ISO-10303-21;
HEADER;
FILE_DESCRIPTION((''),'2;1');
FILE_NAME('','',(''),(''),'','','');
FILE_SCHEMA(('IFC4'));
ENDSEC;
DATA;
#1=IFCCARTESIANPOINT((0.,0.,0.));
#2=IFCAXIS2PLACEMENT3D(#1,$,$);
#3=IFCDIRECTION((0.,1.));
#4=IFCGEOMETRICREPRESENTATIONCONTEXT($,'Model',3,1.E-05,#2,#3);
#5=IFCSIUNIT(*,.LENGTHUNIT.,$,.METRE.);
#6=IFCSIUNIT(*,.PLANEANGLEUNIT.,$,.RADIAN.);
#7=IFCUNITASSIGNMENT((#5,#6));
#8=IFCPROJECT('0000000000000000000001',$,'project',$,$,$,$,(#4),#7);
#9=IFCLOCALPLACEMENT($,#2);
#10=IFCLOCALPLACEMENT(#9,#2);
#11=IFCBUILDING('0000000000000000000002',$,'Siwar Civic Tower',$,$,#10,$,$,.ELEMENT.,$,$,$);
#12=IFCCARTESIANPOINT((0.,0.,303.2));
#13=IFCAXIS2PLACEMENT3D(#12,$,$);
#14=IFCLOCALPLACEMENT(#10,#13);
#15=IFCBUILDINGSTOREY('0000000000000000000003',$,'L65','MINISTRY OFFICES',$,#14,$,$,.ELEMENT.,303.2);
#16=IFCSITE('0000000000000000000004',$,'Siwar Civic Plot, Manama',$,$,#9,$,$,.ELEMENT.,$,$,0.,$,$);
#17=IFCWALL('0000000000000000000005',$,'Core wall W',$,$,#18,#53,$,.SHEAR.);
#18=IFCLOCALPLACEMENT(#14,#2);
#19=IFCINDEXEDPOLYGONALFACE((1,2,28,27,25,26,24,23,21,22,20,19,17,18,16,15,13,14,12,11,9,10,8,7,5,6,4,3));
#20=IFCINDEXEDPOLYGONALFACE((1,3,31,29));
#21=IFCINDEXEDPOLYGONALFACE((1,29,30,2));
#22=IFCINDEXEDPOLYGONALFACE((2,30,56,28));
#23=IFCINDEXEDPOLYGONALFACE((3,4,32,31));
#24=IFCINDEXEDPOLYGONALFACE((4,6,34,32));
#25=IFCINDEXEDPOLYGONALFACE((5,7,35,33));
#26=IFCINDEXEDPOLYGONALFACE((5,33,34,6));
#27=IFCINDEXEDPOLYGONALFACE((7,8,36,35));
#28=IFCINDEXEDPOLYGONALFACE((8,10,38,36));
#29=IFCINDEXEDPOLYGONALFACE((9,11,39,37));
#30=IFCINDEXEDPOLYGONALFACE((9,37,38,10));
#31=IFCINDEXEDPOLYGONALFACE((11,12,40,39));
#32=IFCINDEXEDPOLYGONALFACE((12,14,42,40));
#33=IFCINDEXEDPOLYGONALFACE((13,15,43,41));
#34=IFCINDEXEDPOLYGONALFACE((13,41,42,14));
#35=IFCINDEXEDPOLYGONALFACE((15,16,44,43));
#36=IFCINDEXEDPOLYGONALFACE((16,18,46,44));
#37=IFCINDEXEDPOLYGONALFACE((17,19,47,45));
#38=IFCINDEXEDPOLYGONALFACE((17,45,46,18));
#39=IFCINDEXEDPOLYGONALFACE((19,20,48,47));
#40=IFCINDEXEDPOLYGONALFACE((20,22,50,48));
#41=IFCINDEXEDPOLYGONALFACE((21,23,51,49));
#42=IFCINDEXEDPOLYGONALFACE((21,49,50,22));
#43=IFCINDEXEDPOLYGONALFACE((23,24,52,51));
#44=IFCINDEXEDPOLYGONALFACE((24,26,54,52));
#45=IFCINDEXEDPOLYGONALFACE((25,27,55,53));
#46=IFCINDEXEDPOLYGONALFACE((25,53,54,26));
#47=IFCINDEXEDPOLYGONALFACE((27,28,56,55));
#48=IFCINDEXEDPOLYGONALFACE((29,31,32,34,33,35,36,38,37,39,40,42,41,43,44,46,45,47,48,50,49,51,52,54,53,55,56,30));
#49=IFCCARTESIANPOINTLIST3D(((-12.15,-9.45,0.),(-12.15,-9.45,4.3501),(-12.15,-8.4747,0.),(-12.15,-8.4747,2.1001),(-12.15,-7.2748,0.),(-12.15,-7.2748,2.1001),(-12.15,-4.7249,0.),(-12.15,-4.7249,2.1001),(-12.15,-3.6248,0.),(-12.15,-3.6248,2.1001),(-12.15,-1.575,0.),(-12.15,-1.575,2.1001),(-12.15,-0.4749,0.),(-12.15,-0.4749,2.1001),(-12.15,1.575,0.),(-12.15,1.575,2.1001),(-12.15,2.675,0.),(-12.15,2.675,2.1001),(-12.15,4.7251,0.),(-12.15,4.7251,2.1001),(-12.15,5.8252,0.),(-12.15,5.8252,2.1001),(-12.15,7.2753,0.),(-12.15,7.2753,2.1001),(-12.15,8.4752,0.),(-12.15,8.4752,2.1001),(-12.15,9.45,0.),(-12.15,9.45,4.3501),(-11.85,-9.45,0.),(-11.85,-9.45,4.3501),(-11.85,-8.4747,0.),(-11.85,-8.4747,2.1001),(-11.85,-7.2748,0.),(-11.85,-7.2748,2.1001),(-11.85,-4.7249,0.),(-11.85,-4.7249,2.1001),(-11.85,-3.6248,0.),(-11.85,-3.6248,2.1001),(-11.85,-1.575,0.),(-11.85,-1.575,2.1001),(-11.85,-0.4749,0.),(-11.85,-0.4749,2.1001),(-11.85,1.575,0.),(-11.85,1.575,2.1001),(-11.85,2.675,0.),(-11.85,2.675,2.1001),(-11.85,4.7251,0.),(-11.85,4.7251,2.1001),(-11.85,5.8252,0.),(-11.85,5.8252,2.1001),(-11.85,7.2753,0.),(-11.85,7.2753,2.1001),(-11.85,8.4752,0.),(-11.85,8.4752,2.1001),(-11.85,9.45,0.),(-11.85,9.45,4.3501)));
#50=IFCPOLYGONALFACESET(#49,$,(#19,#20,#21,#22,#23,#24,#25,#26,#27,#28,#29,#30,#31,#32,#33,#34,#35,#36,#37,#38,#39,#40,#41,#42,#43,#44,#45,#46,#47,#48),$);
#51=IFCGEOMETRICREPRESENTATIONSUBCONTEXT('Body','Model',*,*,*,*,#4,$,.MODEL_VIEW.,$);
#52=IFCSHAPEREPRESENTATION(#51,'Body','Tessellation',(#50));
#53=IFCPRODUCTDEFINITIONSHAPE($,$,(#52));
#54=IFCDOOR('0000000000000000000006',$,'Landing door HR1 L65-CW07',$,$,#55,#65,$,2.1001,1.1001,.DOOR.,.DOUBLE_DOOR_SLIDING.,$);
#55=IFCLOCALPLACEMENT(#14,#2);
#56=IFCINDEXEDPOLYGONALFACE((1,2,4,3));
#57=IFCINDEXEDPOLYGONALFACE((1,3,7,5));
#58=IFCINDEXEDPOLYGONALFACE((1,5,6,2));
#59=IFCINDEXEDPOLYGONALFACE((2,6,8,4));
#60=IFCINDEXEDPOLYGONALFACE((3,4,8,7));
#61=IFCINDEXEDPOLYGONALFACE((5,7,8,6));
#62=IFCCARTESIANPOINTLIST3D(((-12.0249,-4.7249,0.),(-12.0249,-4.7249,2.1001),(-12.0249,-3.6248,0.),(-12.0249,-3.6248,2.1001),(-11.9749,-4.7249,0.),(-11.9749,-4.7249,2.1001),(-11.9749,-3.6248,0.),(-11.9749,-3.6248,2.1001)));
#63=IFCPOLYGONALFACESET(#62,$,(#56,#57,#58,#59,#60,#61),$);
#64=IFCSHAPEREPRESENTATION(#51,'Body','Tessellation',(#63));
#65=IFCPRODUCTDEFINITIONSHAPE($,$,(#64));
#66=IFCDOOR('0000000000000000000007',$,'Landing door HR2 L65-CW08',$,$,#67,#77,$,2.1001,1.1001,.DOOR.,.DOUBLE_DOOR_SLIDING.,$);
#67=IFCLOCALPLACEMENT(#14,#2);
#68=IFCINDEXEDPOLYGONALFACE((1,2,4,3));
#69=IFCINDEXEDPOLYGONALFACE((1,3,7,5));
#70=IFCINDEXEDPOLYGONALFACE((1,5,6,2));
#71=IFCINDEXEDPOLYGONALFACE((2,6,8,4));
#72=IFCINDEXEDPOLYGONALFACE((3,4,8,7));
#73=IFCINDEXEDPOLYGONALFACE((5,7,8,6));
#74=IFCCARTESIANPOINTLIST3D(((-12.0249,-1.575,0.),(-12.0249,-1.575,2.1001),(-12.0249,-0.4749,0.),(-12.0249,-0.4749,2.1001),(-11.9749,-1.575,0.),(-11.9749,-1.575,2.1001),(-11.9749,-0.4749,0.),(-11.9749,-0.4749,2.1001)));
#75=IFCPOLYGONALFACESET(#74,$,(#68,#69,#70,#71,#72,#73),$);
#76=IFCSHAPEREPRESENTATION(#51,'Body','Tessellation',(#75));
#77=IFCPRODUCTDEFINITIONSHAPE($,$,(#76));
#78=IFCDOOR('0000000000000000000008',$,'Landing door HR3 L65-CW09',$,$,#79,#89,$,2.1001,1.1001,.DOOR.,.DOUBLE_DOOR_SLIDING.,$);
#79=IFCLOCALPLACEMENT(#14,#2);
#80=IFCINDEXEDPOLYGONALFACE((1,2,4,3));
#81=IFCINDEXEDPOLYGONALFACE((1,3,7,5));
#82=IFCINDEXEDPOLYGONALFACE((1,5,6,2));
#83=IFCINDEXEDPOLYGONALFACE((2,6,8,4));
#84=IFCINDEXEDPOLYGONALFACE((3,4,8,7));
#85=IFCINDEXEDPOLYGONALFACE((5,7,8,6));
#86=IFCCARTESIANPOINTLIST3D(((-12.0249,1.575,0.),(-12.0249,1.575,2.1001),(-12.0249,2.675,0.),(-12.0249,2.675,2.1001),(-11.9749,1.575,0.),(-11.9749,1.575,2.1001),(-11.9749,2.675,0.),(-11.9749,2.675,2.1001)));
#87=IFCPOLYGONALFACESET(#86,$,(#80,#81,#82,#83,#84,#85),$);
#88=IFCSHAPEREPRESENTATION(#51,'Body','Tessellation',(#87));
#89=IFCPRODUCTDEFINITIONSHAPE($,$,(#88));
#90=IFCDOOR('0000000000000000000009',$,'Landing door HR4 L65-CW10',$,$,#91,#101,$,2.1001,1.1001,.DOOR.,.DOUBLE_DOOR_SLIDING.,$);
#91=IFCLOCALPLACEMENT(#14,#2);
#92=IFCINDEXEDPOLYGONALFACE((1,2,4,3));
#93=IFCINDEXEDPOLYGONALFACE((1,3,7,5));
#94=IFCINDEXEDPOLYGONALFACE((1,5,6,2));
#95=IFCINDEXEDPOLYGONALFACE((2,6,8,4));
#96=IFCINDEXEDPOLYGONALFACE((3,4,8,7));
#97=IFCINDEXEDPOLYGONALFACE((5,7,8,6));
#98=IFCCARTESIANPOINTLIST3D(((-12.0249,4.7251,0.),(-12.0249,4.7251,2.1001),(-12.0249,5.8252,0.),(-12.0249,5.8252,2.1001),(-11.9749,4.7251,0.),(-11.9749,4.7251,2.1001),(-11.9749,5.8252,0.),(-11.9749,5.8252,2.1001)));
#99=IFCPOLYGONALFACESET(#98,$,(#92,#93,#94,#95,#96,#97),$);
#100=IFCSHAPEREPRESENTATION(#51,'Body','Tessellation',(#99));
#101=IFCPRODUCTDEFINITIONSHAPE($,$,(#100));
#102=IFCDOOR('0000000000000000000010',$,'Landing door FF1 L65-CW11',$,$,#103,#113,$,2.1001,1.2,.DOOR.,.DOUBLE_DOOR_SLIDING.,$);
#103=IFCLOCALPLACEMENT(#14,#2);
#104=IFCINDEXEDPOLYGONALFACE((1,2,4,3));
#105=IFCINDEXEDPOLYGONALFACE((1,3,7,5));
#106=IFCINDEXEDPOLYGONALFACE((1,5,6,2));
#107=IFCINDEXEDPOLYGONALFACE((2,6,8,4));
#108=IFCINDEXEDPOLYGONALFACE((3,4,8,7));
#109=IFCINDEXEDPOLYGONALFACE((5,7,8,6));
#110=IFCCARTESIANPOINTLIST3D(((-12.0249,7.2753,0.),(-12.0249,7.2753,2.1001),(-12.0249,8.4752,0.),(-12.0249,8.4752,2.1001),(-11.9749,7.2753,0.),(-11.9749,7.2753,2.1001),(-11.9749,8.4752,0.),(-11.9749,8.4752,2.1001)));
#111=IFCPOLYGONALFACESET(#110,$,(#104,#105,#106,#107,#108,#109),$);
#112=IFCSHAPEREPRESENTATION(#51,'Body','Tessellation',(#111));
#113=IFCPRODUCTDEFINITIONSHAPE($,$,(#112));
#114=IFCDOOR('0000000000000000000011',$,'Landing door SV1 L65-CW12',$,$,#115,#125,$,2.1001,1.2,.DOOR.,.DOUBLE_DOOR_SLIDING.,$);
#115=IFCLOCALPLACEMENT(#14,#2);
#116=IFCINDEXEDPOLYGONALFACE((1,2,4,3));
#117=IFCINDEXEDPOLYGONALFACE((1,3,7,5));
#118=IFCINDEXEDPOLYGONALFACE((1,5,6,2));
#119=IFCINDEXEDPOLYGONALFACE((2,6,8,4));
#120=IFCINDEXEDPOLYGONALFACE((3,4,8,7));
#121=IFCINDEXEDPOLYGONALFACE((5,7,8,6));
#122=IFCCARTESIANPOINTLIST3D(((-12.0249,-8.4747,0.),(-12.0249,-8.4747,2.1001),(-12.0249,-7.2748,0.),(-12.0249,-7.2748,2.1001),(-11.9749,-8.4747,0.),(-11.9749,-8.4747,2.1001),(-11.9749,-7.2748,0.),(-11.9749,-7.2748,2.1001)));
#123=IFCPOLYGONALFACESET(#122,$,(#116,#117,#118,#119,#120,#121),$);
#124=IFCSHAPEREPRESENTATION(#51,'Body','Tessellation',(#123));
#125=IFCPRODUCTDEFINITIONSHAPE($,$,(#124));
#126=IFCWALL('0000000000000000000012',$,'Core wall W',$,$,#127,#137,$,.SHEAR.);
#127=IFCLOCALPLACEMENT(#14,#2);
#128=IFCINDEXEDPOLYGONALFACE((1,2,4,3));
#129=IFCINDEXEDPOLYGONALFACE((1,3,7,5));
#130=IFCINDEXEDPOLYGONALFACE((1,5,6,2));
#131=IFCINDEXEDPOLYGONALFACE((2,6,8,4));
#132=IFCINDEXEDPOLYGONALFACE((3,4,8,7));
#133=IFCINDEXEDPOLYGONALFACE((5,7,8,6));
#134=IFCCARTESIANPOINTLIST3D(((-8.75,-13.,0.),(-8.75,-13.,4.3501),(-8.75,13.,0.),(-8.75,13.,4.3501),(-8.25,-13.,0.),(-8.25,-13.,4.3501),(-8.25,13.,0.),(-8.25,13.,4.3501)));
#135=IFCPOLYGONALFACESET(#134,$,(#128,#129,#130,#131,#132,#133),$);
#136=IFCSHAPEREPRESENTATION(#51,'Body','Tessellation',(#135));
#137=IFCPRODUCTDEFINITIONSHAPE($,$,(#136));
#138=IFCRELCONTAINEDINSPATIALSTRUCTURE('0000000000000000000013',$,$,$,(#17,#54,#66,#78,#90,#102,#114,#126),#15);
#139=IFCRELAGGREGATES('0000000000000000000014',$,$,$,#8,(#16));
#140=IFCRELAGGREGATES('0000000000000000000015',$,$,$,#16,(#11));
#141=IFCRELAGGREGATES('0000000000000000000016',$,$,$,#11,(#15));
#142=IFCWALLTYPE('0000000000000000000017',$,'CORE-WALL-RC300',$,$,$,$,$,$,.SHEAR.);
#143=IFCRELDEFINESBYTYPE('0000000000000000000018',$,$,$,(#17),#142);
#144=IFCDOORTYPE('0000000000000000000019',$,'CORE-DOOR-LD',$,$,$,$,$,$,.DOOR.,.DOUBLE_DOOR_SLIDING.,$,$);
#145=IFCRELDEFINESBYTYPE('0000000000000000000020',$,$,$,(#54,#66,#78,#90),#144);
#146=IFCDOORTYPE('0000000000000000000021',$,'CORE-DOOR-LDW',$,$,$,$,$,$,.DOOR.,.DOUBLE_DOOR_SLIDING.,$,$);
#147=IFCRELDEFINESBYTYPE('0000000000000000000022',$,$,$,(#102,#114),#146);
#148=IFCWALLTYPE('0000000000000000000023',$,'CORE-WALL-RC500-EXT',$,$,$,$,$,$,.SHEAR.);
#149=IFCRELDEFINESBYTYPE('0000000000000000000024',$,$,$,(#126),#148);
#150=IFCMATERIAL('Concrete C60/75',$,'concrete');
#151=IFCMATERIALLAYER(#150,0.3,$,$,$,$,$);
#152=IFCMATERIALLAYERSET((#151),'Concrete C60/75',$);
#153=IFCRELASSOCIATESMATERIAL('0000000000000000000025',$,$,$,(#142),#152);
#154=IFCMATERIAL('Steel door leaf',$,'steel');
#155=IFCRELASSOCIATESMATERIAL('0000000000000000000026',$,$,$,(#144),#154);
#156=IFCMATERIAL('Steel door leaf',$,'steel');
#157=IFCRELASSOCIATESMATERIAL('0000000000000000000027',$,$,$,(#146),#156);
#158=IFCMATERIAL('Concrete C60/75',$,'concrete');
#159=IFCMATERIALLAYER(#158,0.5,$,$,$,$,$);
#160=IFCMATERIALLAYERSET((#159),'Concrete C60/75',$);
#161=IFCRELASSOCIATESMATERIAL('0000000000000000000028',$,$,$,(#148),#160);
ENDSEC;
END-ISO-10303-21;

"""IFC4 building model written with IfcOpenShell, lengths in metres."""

from ifc_helpers import new_model, si_unit, direction, frame, frame_2d, origin, place, context, subcontext, project, spatial, rectangle, extrude, material, layer, layer_set, type_object, element, fill, save


model = new_model("IFC4")

# Units and contexts
model_context = context("Model", 3, precision=1e-05, world=origin(), true_north=direction((0.0, 1.0)))
body_context = subcontext(model_context, "Body", "Model", "MODEL_VIEW")
ifc_project = project(units=[si_unit("LENGTHUNIT", "METRE"), si_unit("PLANEANGLEUNIT", "RADIAN")], contexts=[model_context])

# Site, building, storey
site_placement = place(None, origin())
site = spatial("IfcSite", under=ifc_project, at=site_placement, Name="Siwar Civic Plot, Manama", CompositionType="ELEMENT", RefElevation=0.0)
building_placement = place(site_placement, origin())
building = spatial("IfcBuilding", under=site, at=building_placement, Name="Siwar Civic Tower", CompositionType="ELEMENT")
storey_placement = place(building_placement, frame((0.0, 0.0, 303.2)))
storey = spatial("IfcBuildingStorey", under=building, at=storey_placement, Name="L65", Description="MINISTRY OFFICES", CompositionType="ELEMENT", Elevation=303.2)

# Wall, openings, doors
ifc_material_1 = material(Name="Concrete C60/75", Category="concrete")
ifc_layer_1 = layer(ifc_material_1, 0.3)
ifc_layer_set_1 = layer_set([ifc_layer_1], Name="Concrete C60/75")
wall_type_1 = type_object("IfcWallType", Name="CORE-WALL-RC300", PredefinedType="SHEAR", material=ifc_layer_set_1)
wall_1_placement = place(storey_placement, frame((-12.0, -9.45, 0.0), z_axis=(0.0, 0.0, 1.0), x_axis=(0.0, 1.0, 0.0)))
wall_1 = element("IfcWall", 1, at=wall_1_placement, inside=storey, type_object=wall_type_1, Name="Core wall W", PredefinedType="SHEAR", context=body_context, shape_type="SweptSolid", body=[
    extrude(rectangle(XDim=18.8999, YDim=0.3, at=frame_2d((9.45, 0.0))), origin(), (0.0, 0.0, 1.0), 4.3501),
])
opening_1_placement = place(wall_1_placement, frame((4.7251, 0.0, 0.0)))
opening_1 = element("IfcOpeningElement", 2, at=opening_1_placement, cuts=wall_1, PredefinedType="OPENING", context=body_context, shape_type="SweptSolid", body=[
    extrude(rectangle(XDim=1.1001, YDim=2.1001, at=frame_2d((0.55, 1.05))), frame((0.0, 0.1602, 0.0), z_axis=(0.0, -1.0, 0.0), x_axis=(1.0, 0.0, 0.0)), (0.0, 0.0, 1.0), 0.3201),
])
opening_2_placement = place(wall_1_placement, frame((7.875, 0.0, 0.0)))
opening_2 = element("IfcOpeningElement", 3, at=opening_2_placement, cuts=wall_1, PredefinedType="OPENING", context=body_context, shape_type="SweptSolid", body=[
    extrude(rectangle(XDim=1.1001, YDim=2.1001, at=frame_2d((0.55, 1.05))), frame((0.0, 0.1602, 0.0), z_axis=(0.0, -1.0, 0.0), x_axis=(1.0, 0.0, 0.0)), (0.0, 0.0, 1.0), 0.3201),
])
opening_3_placement = place(wall_1_placement, frame((11.0249, 0.0, 0.0)))
opening_3 = element("IfcOpeningElement", 4, at=opening_3_placement, cuts=wall_1, PredefinedType="OPENING", context=body_context, shape_type="SweptSolid", body=[
    extrude(rectangle(XDim=1.1001, YDim=2.1001, at=frame_2d((0.55, 1.05))), frame((0.0, 0.1602, 0.0), z_axis=(0.0, -1.0, 0.0), x_axis=(1.0, 0.0, 0.0)), (0.0, 0.0, 1.0), 0.3201),
])
opening_4_placement = place(wall_1_placement, frame((14.175, 0.0, 0.0)))
opening_4 = element("IfcOpeningElement", 5, at=opening_4_placement, cuts=wall_1, PredefinedType="OPENING", context=body_context, shape_type="SweptSolid", body=[
    extrude(rectangle(XDim=1.1001, YDim=2.1001, at=frame_2d((0.55, 1.05))), frame((0.0, 0.1602, 0.0), z_axis=(0.0, -1.0, 0.0), x_axis=(1.0, 0.0, 0.0)), (0.0, 0.0, 1.0), 0.3201),
])
opening_5_placement = place(wall_1_placement, frame((16.7251, 0.0, 0.0)))
opening_5 = element("IfcOpeningElement", 6, at=opening_5_placement, cuts=wall_1, PredefinedType="OPENING", context=body_context, shape_type="SweptSolid", body=[
    extrude(rectangle(XDim=1.2, YDim=2.1001, at=frame_2d((0.6001, 1.05))), frame((0.0, 0.1602, 0.0), z_axis=(0.0, -1.0, 0.0), x_axis=(1.0, 0.0, 0.0)), (0.0, 0.0, 1.0), 0.3201),
])
opening_6_placement = place(wall_1_placement, frame((0.9751, 0.0, 0.0)))
opening_6 = element("IfcOpeningElement", 7, at=opening_6_placement, cuts=wall_1, PredefinedType="OPENING", context=body_context, shape_type="SweptSolid", body=[
    extrude(rectangle(XDim=1.2, YDim=2.1001, at=frame_2d((0.6001, 1.05))), frame((0.0, 0.1602, 0.0), z_axis=(0.0, -1.0, 0.0), x_axis=(1.0, 0.0, 0.0)), (0.0, 0.0, 1.0), 0.3201),
])
ifc_material_2 = material(Name="Steel door leaf", Category="steel")
door_type_1 = type_object("IfcDoorType", Name="CORE-DOOR-LD", OperationType="DOUBLE_DOOR_SLIDING", PredefinedType="DOOR", material=ifc_material_2)
door_1_placement = place(opening_1_placement, origin())
door_1 = element("IfcDoor", 8, at=door_1_placement, inside=storey, type_object=door_type_1, Name="Landing door HR1 L65-CW07", OperationType="DOUBLE_DOOR_SLIDING", OverallHeight=2.1001, OverallWidth=1.1001, PredefinedType="DOOR", context=body_context, shape_type="SweptSolid", body=[
    extrude(rectangle(XDim=1.1001, YDim=2.1001, at=frame_2d((0.55, 1.05))), frame((0.0, 0.0249, 0.0), z_axis=(0.0, -1.0, 0.0), x_axis=(1.0, 0.0, 0.0)), (0.0, 0.0, 1.0), 0.05),
])
fill(opening_1, door_1)
door_2_placement = place(opening_2_placement, origin())
door_2 = element("IfcDoor", 9, at=door_2_placement, inside=storey, type_object=door_type_1, Name="Landing door HR2 L65-CW08", OperationType="DOUBLE_DOOR_SLIDING", OverallHeight=2.1001, OverallWidth=1.1001, PredefinedType="DOOR", context=body_context, shape_type="SweptSolid", body=[
    extrude(rectangle(XDim=1.1001, YDim=2.1001, at=frame_2d((0.55, 1.05))), frame((0.0, 0.0249, 0.0), z_axis=(0.0, -1.0, 0.0), x_axis=(1.0, 0.0, 0.0)), (0.0, 0.0, 1.0), 0.05),
])
fill(opening_2, door_2)
door_3_placement = place(opening_3_placement, origin())
door_3 = element("IfcDoor", 10, at=door_3_placement, inside=storey, type_object=door_type_1, Name="Landing door HR3 L65-CW09", OperationType="DOUBLE_DOOR_SLIDING", OverallHeight=2.1001, OverallWidth=1.1001, PredefinedType="DOOR", context=body_context, shape_type="SweptSolid", body=[
    extrude(rectangle(XDim=1.1001, YDim=2.1001, at=frame_2d((0.55, 1.05))), frame((0.0, 0.0249, 0.0), z_axis=(0.0, -1.0, 0.0), x_axis=(1.0, 0.0, 0.0)), (0.0, 0.0, 1.0), 0.05),
])
fill(opening_3, door_3)
door_4_placement = place(opening_4_placement, origin())
door_4 = element("IfcDoor", 11, at=door_4_placement, inside=storey, type_object=door_type_1, Name="Landing door HR4 L65-CW10", OperationType="DOUBLE_DOOR_SLIDING", OverallHeight=2.1001, OverallWidth=1.1001, PredefinedType="DOOR", context=body_context, shape_type="SweptSolid", body=[
    extrude(rectangle(XDim=1.1001, YDim=2.1001, at=frame_2d((0.55, 1.05))), frame((0.0, 0.0249, 0.0), z_axis=(0.0, -1.0, 0.0), x_axis=(1.0, 0.0, 0.0)), (0.0, 0.0, 1.0), 0.05),
])
fill(opening_4, door_4)
ifc_material_3 = material(Name="Steel door leaf", Category="steel")
door_type_2 = type_object("IfcDoorType", Name="CORE-DOOR-LDW", OperationType="DOUBLE_DOOR_SLIDING", PredefinedType="DOOR", material=ifc_material_3)
door_5_placement = place(opening_5_placement, origin())
door_5 = element("IfcDoor", 12, at=door_5_placement, inside=storey, type_object=door_type_2, Name="Landing door FF1 L65-CW11", OperationType="DOUBLE_DOOR_SLIDING", OverallHeight=2.1001, OverallWidth=1.2, PredefinedType="DOOR", context=body_context, shape_type="SweptSolid", body=[
    extrude(rectangle(XDim=1.2, YDim=2.1001, at=frame_2d((0.6001, 1.05))), frame((0.0, 0.0249, 0.0), z_axis=(0.0, -1.0, 0.0), x_axis=(1.0, 0.0, 0.0)), (0.0, 0.0, 1.0), 0.05),
])
fill(opening_5, door_5)
door_6_placement = place(opening_6_placement, origin())
door_6 = element("IfcDoor", 13, at=door_6_placement, inside=storey, type_object=door_type_2, Name="Landing door SV1 L65-CW12", OperationType="DOUBLE_DOOR_SLIDING", OverallHeight=2.1001, OverallWidth=1.2, PredefinedType="DOOR", context=body_context, shape_type="SweptSolid", body=[
    extrude(rectangle(XDim=1.2, YDim=2.1001, at=frame_2d((0.6001, 1.05))), frame((0.0, 0.0249, 0.0), z_axis=(0.0, -1.0, 0.0), x_axis=(1.0, 0.0, 0.0)), (0.0, 0.0, 1.0), 0.05),
])
fill(opening_6, door_6)

# Wall
ifc_material_4 = material(Name="Concrete C60/75", Category="concrete")
ifc_layer_2 = layer(ifc_material_4, 0.5)
ifc_layer_set_2 = layer_set([ifc_layer_2], Name="Concrete C60/75")
wall_type_2 = type_object("IfcWallType", Name="CORE-WALL-RC500-EXT", PredefinedType="SHEAR", material=ifc_layer_set_2)
wall_2_placement = place(storey_placement, frame((-8.5, -13.0, 0.0), z_axis=(0.0, 0.0, 1.0), x_axis=(0.0, 1.0, 0.0)))
element("IfcWall", 14, at=wall_2_placement, inside=storey, type_object=wall_type_2, Name="Core wall W", PredefinedType="SHEAR", context=body_context, shape_type="SweptSolid", body=[
    extrude(rectangle(XDim=26.0, YDim=0.5, at=frame_2d((13.0, 0.0))), origin(), (0.0, 0.0, 1.0), 4.3501),
])

save(model, "model.ifc")
